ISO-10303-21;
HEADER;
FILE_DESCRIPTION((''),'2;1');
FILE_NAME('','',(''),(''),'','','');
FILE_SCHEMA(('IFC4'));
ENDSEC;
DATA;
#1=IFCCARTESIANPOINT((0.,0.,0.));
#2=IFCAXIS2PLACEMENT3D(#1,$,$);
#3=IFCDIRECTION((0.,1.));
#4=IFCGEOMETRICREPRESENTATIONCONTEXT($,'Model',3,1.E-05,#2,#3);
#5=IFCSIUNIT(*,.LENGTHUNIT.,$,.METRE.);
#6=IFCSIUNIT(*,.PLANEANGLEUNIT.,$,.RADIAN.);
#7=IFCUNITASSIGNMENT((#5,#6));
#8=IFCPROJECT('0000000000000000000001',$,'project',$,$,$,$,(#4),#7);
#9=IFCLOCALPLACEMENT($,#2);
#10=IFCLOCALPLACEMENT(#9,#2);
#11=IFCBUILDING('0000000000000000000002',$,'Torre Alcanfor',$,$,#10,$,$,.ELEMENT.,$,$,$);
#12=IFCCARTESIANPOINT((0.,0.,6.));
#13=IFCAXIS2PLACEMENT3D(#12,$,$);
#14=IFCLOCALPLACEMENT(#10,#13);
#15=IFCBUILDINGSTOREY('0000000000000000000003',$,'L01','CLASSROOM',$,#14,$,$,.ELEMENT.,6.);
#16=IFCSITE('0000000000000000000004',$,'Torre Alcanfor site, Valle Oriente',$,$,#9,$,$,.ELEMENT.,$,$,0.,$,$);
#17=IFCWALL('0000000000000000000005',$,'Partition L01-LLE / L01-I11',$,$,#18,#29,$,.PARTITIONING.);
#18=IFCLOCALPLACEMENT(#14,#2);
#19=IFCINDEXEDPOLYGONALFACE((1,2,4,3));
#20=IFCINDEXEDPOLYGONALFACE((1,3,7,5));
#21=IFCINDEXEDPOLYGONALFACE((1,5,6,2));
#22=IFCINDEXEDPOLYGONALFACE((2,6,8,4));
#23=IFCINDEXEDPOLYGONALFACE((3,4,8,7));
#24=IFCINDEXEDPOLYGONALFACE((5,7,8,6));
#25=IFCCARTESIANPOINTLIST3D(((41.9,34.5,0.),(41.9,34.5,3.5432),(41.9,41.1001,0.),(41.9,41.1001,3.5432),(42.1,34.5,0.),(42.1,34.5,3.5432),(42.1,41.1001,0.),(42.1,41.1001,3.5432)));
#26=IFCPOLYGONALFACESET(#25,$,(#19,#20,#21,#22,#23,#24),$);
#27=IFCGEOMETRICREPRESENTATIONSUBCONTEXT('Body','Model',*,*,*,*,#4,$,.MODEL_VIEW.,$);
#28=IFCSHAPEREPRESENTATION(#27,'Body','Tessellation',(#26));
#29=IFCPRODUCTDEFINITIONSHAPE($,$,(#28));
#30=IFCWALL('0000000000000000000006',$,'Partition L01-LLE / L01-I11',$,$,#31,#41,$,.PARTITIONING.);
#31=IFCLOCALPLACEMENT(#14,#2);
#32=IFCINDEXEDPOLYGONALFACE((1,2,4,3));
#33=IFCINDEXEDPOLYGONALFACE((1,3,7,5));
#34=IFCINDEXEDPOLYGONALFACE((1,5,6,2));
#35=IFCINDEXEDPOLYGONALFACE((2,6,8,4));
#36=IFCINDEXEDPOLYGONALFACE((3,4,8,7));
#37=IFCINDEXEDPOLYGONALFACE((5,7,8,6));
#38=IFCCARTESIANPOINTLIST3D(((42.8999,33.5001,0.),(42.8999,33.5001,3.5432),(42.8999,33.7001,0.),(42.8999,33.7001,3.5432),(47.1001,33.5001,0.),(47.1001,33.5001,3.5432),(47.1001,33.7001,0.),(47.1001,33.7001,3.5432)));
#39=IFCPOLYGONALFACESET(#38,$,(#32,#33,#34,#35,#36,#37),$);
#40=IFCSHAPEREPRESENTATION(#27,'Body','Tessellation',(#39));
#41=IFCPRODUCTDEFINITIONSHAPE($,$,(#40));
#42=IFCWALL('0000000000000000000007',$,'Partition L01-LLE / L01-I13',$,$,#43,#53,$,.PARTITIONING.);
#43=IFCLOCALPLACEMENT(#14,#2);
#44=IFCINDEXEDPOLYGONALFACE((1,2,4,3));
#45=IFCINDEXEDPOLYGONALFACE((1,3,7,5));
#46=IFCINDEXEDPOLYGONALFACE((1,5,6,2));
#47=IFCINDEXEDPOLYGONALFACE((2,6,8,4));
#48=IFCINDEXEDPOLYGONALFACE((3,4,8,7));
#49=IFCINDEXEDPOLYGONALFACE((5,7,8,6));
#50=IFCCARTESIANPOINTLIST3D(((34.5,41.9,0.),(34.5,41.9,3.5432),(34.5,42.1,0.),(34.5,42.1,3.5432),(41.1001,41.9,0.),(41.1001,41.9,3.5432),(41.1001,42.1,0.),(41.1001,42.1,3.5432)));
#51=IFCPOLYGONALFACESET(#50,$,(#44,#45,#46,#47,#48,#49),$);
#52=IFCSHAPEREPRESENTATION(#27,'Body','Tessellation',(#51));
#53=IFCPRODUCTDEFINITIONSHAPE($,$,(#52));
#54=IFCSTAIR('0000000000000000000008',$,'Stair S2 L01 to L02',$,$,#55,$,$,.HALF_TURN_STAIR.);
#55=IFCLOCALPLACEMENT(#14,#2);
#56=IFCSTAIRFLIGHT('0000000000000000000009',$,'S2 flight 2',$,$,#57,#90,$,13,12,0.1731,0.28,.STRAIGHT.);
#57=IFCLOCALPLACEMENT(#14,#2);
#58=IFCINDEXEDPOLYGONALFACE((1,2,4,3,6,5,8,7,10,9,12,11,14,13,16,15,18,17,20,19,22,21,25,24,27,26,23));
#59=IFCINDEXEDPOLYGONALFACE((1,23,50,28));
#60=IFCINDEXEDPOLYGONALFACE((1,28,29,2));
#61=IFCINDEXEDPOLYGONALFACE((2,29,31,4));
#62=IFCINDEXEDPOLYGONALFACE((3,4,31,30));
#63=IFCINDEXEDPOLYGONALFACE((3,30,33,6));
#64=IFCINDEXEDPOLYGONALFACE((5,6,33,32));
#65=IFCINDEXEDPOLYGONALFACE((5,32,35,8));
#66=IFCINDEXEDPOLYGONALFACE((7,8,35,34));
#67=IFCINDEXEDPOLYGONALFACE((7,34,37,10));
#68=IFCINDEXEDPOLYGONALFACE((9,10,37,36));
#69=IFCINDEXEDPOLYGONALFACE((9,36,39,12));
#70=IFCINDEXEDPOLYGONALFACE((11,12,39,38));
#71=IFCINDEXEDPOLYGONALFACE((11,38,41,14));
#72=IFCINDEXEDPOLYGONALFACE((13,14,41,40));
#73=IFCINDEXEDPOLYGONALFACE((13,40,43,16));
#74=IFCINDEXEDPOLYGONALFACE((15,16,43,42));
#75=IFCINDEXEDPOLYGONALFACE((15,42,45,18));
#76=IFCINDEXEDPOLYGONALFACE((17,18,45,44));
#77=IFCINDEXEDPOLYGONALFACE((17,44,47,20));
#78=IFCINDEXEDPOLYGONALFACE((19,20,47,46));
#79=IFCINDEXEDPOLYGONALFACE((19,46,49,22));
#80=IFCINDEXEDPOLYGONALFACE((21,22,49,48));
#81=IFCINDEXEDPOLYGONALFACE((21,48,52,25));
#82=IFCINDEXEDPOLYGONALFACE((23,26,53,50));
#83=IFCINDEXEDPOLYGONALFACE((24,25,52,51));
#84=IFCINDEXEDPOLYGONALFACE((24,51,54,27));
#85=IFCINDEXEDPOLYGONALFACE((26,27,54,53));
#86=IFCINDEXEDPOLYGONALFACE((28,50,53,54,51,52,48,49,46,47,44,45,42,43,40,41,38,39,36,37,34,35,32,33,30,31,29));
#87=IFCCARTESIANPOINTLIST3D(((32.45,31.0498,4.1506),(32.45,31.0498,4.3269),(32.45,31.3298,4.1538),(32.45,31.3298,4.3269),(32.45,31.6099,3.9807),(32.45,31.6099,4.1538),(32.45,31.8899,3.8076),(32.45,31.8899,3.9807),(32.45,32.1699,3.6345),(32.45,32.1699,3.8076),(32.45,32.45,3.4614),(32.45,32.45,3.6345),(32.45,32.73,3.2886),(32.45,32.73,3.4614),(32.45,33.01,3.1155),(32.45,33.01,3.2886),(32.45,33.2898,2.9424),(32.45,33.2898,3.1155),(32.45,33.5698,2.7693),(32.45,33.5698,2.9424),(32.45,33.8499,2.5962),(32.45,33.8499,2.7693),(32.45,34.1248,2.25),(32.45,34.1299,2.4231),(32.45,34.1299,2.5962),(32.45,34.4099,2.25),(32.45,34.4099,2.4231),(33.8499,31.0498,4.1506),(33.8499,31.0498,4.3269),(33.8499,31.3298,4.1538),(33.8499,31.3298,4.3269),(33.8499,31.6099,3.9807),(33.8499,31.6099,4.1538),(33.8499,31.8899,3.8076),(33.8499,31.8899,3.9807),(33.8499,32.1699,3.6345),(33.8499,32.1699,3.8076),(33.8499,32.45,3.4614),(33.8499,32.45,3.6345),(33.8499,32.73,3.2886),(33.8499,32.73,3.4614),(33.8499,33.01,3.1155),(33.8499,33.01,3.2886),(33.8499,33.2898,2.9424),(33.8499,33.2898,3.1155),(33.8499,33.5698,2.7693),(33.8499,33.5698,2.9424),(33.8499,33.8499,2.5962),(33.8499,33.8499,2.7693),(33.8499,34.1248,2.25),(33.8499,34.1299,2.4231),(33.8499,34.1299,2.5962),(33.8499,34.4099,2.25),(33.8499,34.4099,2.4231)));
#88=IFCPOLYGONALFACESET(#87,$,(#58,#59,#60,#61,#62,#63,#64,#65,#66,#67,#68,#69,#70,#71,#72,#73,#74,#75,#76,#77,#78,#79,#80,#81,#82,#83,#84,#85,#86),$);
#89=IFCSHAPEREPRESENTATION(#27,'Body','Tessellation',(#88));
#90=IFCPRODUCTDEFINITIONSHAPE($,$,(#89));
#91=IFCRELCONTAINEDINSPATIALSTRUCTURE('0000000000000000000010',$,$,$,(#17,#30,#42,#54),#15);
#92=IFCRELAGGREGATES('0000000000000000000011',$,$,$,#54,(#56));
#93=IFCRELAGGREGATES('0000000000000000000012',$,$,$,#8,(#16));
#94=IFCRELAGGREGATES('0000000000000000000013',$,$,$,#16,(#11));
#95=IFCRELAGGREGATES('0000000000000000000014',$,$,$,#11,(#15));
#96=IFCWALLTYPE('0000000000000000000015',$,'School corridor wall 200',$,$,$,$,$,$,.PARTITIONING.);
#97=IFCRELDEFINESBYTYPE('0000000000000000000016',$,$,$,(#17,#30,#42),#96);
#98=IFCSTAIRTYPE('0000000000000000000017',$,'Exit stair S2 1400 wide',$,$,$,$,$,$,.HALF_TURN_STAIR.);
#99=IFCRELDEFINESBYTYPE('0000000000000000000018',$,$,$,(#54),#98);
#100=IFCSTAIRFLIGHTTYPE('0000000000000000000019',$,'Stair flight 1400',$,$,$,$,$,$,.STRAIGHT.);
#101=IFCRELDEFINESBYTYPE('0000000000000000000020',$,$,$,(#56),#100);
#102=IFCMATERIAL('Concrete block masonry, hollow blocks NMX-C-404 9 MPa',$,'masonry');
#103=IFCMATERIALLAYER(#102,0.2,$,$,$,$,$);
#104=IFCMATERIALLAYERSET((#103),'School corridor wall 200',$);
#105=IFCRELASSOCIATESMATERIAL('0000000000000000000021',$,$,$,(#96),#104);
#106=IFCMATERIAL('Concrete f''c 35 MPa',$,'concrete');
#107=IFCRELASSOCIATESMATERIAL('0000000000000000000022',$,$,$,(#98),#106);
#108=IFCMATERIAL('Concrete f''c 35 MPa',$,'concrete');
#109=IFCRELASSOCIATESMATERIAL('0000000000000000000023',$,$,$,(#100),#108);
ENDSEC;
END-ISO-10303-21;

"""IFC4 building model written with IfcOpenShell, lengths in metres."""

from ifc_helpers import new_model, si_unit, direction, frame, frame_2d, origin, place, context, subcontext, project, spatial, polyline, rectangle, outline, extrude, material, layer, layer_set, type_object, element, aggregate, save


model = new_model("IFC4")

# Units and contexts
model_context = context("Model", 3, precision=1e-05, world=origin(), true_north=direction((0.0, 1.0)))
body_context = subcontext(model_context, "Body", "Model", "MODEL_VIEW")
ifc_project = project(units=[si_unit("LENGTHUNIT", "METRE"), si_unit("PLANEANGLEUNIT", "RADIAN")], contexts=[model_context])

# Site, building, storey
site_placement = place(None, origin())
site = spatial("IfcSite", under=ifc_project, at=site_placement, Name="Torre Alcanfor site, Valle Oriente", CompositionType="ELEMENT", RefElevation=0.0)
building_placement = place(site_placement, origin())
building = spatial("IfcBuilding", under=site, at=building_placement, Name="Torre Alcanfor", CompositionType="ELEMENT")
storey_placement = place(building_placement, frame((0.0, 0.0, 6.0)))
storey = spatial("IfcBuildingStorey", under=building, at=storey_placement, Name="L01", Description="CLASSROOM", CompositionType="ELEMENT", Elevation=6.0)

# Shared definitions
ifc_material_1 = material(Name="Concrete block masonry, hollow blocks NMX-C-404 9 MPa", Category="masonry")
ifc_layer_1 = layer(ifc_material_1, 0.2)
ifc_layer_set_1 = layer_set([ifc_layer_1], Name="School corridor wall 200")
wall_type_1 = type_object("IfcWallType", Name="School corridor wall 200", PredefinedType="PARTITIONING", material=ifc_layer_set_1)

# Walls
wall_1_placement = place(storey_placement, frame((42.0, 41.1001, 0.0), z_axis=(0.0, 0.0, 1.0), x_axis=(0.0, -1.0, 0.0)))
element("IfcWall", 1, at=wall_1_placement, inside=storey, type_object=wall_type_1, Name="Partition L01-LLE / L01-I11", PredefinedType="PARTITIONING", context=body_context, shape_type="SweptSolid", body=[
    extrude(rectangle(XDim=6.6001, YDim=0.2, at=frame_2d((3.3, 0.0))), origin(), (0.0, 0.0, 1.0), 3.5432),
])
wall_2_placement = place(storey_placement, frame((42.8999, 33.6001, 0.0), z_axis=(0.0, 0.0, 1.0), x_axis=(1.0, 0.0, 0.0)))
element("IfcWall", 2, at=wall_2_placement, inside=storey, type_object=wall_type_1, Name="Partition L01-LLE / L01-I11", PredefinedType="PARTITIONING", context=body_context, shape_type="SweptSolid", body=[
    extrude(rectangle(XDim=4.2002, YDim=0.2, at=frame_2d((2.1001, 0.0))), origin(), (0.0, 0.0, 1.0), 3.5432),
])
wall_3_placement = place(storey_placement, frame((34.5, 42.0, 0.0), z_axis=(0.0, 0.0, 1.0), x_axis=(1.0, 0.0, 0.0)))
element("IfcWall", 3, at=wall_3_placement, inside=storey, type_object=wall_type_1, Name="Partition L01-LLE / L01-I13", PredefinedType="PARTITIONING", context=body_context, shape_type="SweptSolid", body=[
    extrude(rectangle(XDim=6.6001, YDim=0.2, at=frame_2d((3.3, 0.0))), origin(), (0.0, 0.0, 1.0), 3.5432),
])

# Stair, stair flight
ifc_material_2 = material(Name="Concrete f'c 35 MPa", Category="concrete")
stair_type = type_object("IfcStairType", Name="Exit stair S2 1400 wide", PredefinedType="HALF_TURN_STAIR", material=ifc_material_2)
stair_placement = place(storey_placement, origin())
stair = element("IfcStair", 4, at=stair_placement, inside=storey, type_object=stair_type, Name="Stair S2 L01 to L02", PredefinedType="HALF_TURN_STAIR")
ifc_material_3 = material(Name="Concrete f'c 35 MPa", Category="concrete")
stair_flight_type = type_object("IfcStairFlightType", Name="Stair flight 1400", PredefinedType="STRAIGHT", material=ifc_material_3)
stair_flight_placement = place(storey_placement, frame((33.1499, 34.4099, 2.25), z_axis=(0.0, 0.0, 1.0), x_axis=(0.0, -1.0, 0.0)))
stair_flight = element("IfcStairFlight", 5, at=stair_flight_placement, type_object=stair_flight_type, Name="S2 flight 2", NumberOfRisers=13, NumberOfTreads=12, PredefinedType="STRAIGHT", RiserHeight=0.1731, TreadLength=0.28, context=body_context, shape_type="SweptSolid", body=[
    extrude(outline(polyline([(0.0, 0.0), (0.0, 0.1731), (0.28, 0.1731), (0.28, 0.3462), (0.5601, 0.3462), (0.5601, 0.5193), (0.8401, 0.5193), (0.8401, 0.6924), (1.1201, 0.6924), (1.1201, 0.8655), (1.3999, 0.8655), (1.3999, 1.0386), (1.6799, 1.0386), (1.6799, 1.2114), (1.96, 1.2114), (1.96, 1.3845), (2.24, 1.3845), (2.24, 1.5576), (2.52, 1.5576), (2.52, 1.7307), (2.8, 1.7307), (2.8, 1.9038), (3.0801, 1.9038), (3.0801, 2.0769), (3.3601, 2.0769), (3.3601, 2.25), (3.3601, 1.9006), (0.2852, 0.0), (0.0, 0.0)])), frame((0.0, 0.7, 0.0), z_axis=(0.0, -1.0, 0.0), x_axis=(1.0, 0.0, 0.0)), (0.0, 0.0, 1.0), 1.3999),
])
aggregate(stair, [stair_flight])

save(model, "model.ifc")
